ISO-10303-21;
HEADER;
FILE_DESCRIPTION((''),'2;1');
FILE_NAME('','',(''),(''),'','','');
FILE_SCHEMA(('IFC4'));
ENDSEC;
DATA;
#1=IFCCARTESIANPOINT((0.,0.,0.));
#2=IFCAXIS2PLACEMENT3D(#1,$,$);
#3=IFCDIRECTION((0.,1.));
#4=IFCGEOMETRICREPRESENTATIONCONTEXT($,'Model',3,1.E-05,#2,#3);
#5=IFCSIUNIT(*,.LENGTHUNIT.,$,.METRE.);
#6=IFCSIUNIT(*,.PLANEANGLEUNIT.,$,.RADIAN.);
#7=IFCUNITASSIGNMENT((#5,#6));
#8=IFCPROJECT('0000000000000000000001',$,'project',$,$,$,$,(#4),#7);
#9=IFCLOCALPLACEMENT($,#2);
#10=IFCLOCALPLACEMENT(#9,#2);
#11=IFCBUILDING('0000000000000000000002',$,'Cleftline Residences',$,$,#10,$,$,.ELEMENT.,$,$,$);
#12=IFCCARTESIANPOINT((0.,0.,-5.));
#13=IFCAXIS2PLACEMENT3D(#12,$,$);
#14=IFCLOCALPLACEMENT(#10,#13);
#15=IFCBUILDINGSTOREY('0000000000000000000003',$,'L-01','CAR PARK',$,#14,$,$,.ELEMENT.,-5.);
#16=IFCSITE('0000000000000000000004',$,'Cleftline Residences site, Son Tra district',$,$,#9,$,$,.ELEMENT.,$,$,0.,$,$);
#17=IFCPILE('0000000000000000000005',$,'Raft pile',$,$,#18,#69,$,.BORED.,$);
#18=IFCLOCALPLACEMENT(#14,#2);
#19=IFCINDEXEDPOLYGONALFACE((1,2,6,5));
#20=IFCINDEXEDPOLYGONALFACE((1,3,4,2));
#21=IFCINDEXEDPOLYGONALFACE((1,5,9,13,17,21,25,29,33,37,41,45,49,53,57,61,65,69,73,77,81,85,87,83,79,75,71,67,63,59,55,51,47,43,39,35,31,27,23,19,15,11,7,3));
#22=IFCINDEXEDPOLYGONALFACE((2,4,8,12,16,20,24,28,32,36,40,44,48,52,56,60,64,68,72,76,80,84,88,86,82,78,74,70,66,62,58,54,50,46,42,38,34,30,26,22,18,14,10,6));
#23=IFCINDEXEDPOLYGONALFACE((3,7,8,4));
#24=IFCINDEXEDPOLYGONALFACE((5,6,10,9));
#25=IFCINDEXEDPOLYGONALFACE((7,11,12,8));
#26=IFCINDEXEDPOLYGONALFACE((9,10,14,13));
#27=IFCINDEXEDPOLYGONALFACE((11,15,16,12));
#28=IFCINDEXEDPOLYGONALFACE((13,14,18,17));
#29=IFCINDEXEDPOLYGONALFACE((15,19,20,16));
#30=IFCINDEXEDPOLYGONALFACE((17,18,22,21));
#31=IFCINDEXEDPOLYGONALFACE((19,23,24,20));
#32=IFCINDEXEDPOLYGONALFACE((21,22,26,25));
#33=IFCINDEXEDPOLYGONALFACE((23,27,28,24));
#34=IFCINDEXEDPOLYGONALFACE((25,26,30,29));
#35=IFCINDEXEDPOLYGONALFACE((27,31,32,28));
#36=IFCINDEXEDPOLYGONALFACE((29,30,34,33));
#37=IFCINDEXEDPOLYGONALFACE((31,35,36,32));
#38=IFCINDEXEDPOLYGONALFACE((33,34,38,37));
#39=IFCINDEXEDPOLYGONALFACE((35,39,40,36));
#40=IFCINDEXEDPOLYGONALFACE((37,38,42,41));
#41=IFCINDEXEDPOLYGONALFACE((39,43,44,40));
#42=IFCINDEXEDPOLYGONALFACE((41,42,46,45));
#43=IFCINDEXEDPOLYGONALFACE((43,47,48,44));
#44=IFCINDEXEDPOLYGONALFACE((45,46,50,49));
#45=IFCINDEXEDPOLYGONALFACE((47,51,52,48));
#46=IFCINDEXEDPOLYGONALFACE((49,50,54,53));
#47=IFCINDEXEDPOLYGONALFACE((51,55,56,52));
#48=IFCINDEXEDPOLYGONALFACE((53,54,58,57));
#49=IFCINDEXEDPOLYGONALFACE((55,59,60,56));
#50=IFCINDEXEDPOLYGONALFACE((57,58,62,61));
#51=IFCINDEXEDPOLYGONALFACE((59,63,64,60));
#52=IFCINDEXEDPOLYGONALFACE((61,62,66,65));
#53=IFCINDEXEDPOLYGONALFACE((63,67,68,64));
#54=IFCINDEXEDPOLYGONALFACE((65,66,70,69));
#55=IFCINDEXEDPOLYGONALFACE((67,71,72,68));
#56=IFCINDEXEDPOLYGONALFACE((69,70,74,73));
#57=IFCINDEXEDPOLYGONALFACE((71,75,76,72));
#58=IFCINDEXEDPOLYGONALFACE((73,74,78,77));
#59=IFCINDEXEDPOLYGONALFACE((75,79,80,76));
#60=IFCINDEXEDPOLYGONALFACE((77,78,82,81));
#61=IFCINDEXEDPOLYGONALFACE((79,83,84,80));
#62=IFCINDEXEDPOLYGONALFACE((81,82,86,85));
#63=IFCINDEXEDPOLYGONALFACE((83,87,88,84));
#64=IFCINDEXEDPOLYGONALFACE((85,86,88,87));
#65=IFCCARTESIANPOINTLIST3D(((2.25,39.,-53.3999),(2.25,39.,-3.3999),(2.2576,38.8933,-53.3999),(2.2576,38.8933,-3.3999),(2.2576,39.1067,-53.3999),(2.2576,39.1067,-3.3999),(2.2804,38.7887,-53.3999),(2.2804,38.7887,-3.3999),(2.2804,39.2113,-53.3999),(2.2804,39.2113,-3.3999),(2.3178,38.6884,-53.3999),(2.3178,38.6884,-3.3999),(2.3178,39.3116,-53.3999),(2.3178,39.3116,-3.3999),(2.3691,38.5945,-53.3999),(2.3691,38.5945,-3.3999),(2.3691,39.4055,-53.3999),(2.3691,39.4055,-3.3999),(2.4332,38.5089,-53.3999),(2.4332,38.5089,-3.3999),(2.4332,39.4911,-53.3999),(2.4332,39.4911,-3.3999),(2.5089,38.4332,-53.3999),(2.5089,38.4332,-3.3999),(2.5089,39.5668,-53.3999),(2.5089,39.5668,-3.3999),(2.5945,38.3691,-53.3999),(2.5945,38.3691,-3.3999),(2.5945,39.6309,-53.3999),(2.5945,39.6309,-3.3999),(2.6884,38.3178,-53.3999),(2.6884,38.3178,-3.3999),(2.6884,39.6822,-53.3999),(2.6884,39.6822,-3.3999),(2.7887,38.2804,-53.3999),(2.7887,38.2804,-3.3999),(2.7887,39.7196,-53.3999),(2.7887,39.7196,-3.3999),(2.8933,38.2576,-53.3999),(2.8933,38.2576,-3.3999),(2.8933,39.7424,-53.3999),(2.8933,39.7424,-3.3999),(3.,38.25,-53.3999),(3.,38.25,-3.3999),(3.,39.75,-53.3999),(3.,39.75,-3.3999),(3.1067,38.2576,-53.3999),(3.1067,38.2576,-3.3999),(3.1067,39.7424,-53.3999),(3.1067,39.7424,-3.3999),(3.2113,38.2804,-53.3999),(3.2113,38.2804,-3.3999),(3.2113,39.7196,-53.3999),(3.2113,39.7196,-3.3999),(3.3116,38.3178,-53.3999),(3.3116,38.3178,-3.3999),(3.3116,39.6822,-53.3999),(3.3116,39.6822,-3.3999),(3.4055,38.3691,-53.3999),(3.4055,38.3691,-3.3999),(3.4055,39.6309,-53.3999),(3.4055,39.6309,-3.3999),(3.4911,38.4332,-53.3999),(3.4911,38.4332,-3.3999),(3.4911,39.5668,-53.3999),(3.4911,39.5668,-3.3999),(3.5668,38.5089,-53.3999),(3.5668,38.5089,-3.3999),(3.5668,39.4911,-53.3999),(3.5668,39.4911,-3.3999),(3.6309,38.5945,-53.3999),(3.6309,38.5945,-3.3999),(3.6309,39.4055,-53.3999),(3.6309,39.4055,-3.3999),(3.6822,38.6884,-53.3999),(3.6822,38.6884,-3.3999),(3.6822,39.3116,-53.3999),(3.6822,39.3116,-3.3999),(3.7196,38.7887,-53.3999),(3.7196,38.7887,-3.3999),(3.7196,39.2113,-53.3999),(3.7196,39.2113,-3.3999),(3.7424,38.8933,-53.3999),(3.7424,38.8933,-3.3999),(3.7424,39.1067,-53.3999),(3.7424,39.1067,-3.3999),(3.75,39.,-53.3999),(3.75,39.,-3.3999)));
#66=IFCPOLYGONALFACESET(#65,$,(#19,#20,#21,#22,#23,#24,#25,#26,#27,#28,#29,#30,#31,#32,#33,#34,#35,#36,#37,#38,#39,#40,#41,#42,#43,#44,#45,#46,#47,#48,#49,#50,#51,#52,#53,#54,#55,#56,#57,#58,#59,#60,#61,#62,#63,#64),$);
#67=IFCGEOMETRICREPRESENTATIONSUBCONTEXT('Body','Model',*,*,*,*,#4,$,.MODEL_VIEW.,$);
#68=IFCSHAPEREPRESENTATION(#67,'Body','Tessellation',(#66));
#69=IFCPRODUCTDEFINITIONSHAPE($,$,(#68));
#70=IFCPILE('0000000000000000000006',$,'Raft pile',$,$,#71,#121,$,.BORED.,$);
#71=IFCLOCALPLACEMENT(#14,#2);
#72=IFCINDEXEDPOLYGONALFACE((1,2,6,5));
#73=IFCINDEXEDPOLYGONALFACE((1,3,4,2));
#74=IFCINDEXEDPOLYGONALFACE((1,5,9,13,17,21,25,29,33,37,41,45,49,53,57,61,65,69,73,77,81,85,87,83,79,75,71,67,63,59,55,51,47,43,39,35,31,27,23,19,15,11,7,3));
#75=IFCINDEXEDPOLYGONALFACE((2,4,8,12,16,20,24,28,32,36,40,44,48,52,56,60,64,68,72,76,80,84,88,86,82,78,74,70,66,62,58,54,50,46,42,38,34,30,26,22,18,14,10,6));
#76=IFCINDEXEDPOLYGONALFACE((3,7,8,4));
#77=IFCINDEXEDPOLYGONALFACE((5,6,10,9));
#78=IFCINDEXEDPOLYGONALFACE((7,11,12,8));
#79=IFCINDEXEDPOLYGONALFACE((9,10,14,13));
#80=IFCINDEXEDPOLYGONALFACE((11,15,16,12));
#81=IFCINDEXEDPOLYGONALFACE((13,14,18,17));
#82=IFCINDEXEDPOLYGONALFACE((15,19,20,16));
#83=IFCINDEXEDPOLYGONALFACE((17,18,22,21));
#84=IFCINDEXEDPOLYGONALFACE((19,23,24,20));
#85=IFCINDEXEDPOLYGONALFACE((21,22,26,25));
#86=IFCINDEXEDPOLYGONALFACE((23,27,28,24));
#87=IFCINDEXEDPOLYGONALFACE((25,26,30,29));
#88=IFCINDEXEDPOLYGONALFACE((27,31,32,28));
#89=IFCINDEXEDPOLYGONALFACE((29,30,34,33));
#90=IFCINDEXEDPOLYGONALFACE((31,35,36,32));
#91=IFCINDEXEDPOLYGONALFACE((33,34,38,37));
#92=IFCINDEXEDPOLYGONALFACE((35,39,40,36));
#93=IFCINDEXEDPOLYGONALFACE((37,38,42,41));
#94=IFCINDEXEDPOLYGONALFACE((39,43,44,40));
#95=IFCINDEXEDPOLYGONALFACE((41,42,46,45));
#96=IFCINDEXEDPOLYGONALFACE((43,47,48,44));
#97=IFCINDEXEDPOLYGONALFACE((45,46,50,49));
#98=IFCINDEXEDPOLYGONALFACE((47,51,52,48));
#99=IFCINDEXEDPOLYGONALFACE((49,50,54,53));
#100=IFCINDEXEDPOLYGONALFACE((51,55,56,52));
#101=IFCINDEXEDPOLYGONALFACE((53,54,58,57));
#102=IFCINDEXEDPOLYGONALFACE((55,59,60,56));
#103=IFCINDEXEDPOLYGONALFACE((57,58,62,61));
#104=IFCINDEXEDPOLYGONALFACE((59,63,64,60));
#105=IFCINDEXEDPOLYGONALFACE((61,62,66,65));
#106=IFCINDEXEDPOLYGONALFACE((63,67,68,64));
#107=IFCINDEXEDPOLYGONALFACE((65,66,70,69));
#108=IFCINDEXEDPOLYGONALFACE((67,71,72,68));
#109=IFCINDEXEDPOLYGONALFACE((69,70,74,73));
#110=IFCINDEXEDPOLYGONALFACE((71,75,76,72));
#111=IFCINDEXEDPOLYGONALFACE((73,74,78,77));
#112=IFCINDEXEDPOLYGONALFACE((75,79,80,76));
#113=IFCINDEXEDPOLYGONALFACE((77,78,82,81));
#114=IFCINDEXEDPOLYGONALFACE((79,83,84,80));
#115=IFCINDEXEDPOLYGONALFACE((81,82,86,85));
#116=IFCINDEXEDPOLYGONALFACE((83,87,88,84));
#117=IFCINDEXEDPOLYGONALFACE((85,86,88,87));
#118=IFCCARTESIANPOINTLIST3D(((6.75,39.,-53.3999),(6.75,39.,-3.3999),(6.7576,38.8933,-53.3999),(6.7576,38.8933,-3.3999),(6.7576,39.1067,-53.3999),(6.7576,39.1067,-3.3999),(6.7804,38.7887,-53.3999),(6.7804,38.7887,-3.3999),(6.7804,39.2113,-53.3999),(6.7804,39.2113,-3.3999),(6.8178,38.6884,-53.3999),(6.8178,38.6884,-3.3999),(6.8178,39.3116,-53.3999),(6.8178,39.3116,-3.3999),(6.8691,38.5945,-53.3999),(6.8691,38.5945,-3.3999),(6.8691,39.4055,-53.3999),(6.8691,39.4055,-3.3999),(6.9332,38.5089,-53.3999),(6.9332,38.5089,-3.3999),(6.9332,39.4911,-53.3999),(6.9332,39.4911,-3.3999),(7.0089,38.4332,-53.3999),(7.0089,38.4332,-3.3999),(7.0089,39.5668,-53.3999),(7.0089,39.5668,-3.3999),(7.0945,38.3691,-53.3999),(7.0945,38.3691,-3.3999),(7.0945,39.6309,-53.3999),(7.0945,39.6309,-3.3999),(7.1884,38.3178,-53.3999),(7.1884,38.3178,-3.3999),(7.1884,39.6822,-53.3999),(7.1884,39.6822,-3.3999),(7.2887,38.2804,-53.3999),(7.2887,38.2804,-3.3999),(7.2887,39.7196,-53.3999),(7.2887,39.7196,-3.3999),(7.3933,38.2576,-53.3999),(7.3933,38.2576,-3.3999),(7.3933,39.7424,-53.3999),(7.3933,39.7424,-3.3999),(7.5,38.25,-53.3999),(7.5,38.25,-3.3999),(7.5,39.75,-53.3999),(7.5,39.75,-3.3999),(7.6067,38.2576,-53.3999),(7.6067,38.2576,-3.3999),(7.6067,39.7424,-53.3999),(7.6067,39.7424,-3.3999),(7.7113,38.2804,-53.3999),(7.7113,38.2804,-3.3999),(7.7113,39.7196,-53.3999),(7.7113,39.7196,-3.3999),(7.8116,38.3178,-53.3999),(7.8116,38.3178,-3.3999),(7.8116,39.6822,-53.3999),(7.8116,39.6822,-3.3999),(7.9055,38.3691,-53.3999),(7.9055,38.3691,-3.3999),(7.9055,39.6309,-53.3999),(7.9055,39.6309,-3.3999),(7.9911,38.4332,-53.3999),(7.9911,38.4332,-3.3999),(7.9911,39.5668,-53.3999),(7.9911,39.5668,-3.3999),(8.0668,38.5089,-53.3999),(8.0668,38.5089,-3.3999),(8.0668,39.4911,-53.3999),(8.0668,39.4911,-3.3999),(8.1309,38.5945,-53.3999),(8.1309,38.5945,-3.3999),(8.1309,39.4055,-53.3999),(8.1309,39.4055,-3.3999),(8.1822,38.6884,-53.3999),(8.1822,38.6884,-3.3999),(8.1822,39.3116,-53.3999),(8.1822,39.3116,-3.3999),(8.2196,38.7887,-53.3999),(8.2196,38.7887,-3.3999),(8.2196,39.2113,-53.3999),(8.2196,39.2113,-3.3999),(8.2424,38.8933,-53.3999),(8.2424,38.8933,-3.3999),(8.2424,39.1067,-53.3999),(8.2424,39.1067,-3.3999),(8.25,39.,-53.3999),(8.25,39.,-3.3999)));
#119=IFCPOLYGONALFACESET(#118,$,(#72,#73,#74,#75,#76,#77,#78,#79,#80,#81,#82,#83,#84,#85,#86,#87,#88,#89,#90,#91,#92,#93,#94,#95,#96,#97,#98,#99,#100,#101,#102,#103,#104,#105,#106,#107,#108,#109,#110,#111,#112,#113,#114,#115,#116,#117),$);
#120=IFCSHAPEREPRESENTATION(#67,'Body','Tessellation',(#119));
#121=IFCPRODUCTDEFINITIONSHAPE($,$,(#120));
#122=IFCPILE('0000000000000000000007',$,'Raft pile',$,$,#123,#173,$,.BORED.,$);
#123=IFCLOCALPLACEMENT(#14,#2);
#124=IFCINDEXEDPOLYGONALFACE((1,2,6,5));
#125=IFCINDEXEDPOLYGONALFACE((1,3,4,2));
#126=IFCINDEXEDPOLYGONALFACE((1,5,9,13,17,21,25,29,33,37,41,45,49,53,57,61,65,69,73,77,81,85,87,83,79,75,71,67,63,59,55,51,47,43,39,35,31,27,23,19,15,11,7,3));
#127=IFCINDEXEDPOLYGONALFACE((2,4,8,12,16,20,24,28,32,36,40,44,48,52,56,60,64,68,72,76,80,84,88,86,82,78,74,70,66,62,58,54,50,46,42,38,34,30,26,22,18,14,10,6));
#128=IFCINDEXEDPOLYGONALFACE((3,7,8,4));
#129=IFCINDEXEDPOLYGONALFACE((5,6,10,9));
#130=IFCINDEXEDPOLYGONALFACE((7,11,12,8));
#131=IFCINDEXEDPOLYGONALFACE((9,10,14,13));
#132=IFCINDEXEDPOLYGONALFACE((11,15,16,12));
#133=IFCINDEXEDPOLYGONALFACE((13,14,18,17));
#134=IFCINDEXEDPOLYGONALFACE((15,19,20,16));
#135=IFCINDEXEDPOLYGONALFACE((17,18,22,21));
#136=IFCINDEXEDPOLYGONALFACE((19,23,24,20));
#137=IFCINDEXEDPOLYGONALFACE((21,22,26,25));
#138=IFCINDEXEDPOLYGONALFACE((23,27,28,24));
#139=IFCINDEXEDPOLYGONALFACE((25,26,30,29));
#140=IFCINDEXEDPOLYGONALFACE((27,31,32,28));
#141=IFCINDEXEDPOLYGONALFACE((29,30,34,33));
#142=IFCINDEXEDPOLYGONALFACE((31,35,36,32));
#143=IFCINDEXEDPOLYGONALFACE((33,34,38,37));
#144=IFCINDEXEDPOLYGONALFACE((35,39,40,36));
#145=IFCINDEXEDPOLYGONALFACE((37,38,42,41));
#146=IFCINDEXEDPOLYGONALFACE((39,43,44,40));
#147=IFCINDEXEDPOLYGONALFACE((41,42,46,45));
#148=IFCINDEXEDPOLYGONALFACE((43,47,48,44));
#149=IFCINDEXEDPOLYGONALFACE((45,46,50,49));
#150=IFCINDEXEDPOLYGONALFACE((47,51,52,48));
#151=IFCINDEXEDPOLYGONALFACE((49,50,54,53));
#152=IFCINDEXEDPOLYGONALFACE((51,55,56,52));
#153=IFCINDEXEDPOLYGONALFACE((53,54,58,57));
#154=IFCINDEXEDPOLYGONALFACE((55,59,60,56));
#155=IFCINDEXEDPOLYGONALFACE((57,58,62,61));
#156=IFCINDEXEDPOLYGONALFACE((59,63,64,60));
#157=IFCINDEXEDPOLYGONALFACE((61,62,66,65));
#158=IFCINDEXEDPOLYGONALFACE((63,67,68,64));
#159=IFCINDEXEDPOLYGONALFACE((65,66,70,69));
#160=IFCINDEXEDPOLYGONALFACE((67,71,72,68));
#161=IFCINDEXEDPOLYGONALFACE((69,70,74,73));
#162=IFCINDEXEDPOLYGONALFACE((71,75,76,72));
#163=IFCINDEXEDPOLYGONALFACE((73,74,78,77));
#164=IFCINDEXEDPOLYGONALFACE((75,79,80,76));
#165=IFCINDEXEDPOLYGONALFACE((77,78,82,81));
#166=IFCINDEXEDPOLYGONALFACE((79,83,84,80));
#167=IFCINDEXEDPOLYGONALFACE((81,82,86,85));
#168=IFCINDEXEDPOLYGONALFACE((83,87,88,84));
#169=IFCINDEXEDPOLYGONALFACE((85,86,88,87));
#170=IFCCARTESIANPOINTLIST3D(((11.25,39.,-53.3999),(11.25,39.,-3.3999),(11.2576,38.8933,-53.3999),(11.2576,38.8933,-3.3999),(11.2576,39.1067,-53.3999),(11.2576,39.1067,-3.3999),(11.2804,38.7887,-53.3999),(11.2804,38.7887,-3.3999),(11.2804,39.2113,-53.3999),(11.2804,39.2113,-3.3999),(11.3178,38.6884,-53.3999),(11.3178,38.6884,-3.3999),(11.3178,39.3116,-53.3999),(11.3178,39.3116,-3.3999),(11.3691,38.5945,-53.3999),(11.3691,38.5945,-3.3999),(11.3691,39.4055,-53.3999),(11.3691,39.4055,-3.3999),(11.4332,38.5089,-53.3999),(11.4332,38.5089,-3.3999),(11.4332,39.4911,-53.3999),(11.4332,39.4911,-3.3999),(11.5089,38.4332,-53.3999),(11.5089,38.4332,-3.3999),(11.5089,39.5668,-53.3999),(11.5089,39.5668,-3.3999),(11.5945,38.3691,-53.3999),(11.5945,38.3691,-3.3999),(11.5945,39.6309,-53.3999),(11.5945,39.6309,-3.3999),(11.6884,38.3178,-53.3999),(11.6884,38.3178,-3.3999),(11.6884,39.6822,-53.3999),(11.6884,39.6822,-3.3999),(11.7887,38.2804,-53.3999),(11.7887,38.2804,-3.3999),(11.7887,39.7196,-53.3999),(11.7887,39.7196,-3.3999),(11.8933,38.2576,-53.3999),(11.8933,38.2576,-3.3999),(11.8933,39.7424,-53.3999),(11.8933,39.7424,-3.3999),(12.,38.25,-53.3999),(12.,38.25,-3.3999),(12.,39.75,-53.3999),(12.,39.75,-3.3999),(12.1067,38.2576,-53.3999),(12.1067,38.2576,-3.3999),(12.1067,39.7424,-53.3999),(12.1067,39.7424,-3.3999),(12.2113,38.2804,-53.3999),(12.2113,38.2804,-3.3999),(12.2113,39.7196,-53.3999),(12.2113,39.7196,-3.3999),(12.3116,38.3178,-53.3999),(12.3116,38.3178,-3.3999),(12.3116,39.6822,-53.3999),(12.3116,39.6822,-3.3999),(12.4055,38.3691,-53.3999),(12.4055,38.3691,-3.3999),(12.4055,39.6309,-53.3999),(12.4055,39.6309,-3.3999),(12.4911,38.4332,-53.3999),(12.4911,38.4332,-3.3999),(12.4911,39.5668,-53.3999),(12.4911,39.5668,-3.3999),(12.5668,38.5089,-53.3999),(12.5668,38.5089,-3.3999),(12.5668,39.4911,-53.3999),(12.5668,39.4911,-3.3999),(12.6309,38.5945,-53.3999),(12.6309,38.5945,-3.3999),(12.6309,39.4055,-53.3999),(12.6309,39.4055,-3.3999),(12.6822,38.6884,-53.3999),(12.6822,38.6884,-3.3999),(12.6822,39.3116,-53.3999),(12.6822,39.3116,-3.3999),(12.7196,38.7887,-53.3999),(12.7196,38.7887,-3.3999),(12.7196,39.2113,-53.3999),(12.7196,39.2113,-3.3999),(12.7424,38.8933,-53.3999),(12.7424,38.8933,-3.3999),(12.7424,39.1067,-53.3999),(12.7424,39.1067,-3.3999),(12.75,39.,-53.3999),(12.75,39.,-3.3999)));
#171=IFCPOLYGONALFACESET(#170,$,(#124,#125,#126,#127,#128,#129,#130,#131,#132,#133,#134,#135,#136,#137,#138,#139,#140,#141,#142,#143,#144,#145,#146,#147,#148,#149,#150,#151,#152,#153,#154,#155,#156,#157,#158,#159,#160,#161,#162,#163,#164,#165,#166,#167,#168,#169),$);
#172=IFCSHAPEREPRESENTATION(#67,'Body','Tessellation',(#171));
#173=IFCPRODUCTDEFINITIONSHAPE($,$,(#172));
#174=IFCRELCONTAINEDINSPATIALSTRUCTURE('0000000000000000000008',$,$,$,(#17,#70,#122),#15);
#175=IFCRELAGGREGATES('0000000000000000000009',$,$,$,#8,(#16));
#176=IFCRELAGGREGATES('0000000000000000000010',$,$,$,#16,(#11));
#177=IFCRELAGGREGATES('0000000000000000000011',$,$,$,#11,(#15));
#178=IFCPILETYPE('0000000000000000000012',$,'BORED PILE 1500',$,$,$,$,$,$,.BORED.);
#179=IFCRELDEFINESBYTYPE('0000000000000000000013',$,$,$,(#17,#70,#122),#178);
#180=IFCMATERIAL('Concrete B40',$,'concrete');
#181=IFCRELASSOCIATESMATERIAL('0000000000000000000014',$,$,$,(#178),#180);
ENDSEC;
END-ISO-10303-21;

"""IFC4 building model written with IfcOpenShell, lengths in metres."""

from ifc_helpers import new_model, si_unit, direction, frame, origin, origin_2d, place, context, subcontext, project, spatial, circle, extrude, material, material_profile, profile_set, type_object, element, save


model = new_model("IFC4")

# Units and contexts
model_context = context("Model", 3, precision=1e-05, world=origin(), true_north=direction((0.0, 1.0)))
body_context = subcontext(model_context, "Body", "Model", "MODEL_VIEW")
ifc_project = project(units=[si_unit("LENGTHUNIT", "METRE"), si_unit("PLANEANGLEUNIT", "RADIAN")], contexts=[model_context])

# Site, building, storey
site_placement = place(None, origin())
site = spatial("IfcSite", under=ifc_project, at=site_placement, Name="Cleftline Residences site, Son Tra district", CompositionType="ELEMENT", RefElevation=0.0)
building_placement = place(site_placement, origin())
building = spatial("IfcBuilding", under=site, at=building_placement, Name="Cleftline Residences", CompositionType="ELEMENT")
storey_placement = place(building_placement, frame((0.0, 0.0, -5.0)))
storey = spatial("IfcBuildingStorey", under=building, at=storey_placement, Name="L-01", Description="CAR PARK", CompositionType="ELEMENT", Elevation=-5.0)

# Piles
ifc_material_1 = material(Name="Concrete B40", Category="concrete")
ifc_material_profile_1 = material_profile(ifc_material_1, circle(Radius=0.75, at=origin_2d()))
ifc_profile_set_1 = profile_set([ifc_material_profile_1], Name="Concrete B40")
pile_type_1 = type_object("IfcPileType", Name="BORED PILE 1500", PredefinedType="BORED", material=ifc_profile_set_1)
for number, where, z_axis, x_axis, name in (
    (1, (3.0, 39.0, -3.3999), (0.0, 0.0, -1.0), (1.0, 0.0, 0.0), "Raft pile"),
    (2, (7.5, 39.0, -3.3999), (0.0, 0.0, -1.0), (1.0, 0.0, 0.0), "Raft pile"),
    (3, (12.0, 39.0, -3.3999), (0.0, 0.0, -1.0), (1.0, 0.0, 0.0), "Raft pile"),
):
    element("IfcPile", number, at=place(storey_placement, frame(where, z_axis=z_axis, x_axis=x_axis)), inside=storey, type_object=pile_type_1, Name=name, PredefinedType="BORED", context=body_context, shape_type="SweptSolid", body=[
        extrude(circle(Radius=0.75, at=origin_2d()), origin(), (0.0, 0.0, 1.0), 50.0),
    ])

save(model, "model.ifc")
